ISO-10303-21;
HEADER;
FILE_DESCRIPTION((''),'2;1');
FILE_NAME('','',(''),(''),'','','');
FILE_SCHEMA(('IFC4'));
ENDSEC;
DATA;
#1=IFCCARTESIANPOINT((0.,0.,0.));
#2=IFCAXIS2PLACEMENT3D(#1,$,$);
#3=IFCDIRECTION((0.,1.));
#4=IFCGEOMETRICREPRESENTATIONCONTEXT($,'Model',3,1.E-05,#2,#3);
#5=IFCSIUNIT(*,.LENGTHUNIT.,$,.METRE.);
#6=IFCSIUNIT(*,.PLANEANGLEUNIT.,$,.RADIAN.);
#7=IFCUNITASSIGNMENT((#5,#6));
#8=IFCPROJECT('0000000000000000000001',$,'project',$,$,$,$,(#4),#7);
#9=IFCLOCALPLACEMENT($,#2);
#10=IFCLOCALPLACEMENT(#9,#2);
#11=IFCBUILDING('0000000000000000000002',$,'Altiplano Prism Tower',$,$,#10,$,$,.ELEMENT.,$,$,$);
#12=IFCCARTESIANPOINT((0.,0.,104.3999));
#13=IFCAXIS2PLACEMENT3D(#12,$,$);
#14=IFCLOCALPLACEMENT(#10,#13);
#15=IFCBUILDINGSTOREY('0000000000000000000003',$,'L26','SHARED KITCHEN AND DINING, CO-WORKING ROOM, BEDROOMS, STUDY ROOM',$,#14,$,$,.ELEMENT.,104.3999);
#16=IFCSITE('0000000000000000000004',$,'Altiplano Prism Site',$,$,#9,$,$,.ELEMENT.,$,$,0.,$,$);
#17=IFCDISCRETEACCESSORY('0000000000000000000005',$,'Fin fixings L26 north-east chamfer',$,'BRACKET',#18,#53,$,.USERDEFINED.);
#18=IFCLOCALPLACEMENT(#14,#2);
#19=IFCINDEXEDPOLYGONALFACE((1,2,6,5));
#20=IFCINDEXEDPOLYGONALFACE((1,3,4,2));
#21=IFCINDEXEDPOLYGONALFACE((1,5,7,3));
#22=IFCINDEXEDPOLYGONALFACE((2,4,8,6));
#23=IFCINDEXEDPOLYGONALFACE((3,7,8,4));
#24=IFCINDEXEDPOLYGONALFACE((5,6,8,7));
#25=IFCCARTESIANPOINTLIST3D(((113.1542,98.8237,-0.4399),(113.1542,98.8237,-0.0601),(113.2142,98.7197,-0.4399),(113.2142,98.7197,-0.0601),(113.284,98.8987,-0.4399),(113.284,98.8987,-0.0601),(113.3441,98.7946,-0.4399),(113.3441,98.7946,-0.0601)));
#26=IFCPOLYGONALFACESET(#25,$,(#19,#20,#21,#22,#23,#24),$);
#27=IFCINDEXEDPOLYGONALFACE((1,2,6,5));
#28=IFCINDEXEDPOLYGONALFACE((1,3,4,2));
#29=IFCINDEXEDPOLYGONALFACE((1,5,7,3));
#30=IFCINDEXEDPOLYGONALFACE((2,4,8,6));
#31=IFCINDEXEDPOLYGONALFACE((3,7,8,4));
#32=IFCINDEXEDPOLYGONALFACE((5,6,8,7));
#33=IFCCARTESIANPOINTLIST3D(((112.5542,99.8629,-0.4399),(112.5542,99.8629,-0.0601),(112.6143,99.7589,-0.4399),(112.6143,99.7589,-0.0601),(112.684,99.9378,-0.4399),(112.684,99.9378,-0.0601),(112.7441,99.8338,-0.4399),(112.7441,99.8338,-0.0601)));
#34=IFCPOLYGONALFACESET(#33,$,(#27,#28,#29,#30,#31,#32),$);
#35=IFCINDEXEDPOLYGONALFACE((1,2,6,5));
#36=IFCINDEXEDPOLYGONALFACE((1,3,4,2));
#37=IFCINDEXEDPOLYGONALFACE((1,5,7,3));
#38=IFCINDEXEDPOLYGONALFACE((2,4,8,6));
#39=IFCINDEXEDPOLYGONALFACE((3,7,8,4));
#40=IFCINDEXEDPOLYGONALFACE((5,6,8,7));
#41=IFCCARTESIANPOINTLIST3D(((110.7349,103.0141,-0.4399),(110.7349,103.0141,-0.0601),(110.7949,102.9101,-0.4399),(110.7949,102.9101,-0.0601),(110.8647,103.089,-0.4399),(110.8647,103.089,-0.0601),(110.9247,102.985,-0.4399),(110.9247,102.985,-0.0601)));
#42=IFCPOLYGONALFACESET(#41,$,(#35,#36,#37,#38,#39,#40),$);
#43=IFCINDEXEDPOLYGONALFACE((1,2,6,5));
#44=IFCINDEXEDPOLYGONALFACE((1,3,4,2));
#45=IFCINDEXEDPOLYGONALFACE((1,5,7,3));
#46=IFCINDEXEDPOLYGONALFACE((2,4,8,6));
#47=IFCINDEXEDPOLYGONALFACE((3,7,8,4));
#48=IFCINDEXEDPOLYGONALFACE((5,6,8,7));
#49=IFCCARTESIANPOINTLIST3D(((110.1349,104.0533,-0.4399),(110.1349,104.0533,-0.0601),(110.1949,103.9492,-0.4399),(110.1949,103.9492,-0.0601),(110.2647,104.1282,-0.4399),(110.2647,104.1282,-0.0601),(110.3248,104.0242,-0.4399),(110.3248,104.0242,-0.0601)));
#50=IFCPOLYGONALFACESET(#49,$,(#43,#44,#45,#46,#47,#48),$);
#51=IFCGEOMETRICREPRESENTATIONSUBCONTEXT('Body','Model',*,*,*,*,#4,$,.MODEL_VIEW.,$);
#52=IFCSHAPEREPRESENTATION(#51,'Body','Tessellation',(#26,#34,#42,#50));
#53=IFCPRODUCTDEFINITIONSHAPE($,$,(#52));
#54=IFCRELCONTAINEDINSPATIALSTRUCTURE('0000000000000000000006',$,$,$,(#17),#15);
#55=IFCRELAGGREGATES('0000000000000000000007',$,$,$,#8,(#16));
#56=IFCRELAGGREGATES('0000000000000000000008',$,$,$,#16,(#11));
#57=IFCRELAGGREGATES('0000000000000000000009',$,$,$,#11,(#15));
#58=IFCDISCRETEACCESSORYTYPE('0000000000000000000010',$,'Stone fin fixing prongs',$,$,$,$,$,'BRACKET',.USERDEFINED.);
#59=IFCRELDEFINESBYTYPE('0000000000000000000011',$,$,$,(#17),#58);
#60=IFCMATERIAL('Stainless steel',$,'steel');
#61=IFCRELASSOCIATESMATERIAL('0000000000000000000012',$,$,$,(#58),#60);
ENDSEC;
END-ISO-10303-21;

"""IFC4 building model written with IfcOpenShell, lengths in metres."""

from ifc_helpers import new_model, si_unit, direction, frame, origin, place, context, subcontext, project, spatial, polyline, outline, extrude, source, transform, mapped, material, type_object, element, save


model = new_model("IFC4")

# Units and contexts
model_context = context("Model", 3, precision=1e-05, world=origin(), true_north=direction((0.0, 1.0)))
body_context = subcontext(model_context, "Body", "Model", "MODEL_VIEW")
ifc_project = project(units=[si_unit("LENGTHUNIT", "METRE"), si_unit("PLANEANGLEUNIT", "RADIAN")], contexts=[model_context])

# Site, building, storey
site_placement = place(None, origin())
site = spatial("IfcSite", under=ifc_project, at=site_placement, Name="Altiplano Prism Site", CompositionType="ELEMENT", RefElevation=0.0)
building_placement = place(site_placement, origin())
building = spatial("IfcBuilding", under=site, at=building_placement, Name="Altiplano Prism Tower", CompositionType="ELEMENT")
storey_placement = place(building_placement, frame((0.0, 0.0, 104.3999)))
storey = spatial("IfcBuildingStorey", under=building, at=storey_placement, Name="L26", Description="SHARED KITCHEN AND DINING, CO-WORKING ROOM, BEDROOMS, STUDY ROOM", CompositionType="ELEMENT", Elevation=104.3999)

# Discrete accessory
ifc_material_1 = material(Name="Stainless steel", Category="steel")
discrete_accessory_type = type_object("IfcDiscreteAccessoryType", Name="Stone fin fixing prongs", ElementType="BRACKET", PredefinedType="USERDEFINED", material=ifc_material_1)
shared_shape_1 = source(origin(), body_context, "Body", "SweptSolid", [
    extrude(outline(polyline([(-3.0793, 0.0601), (-2.9592, 0.0601), (-2.9592, 0.4399), (-3.0793, 0.4399), (-3.0793, 0.0601)])), frame((0.0, 0.0, 0.0), z_axis=(0.0, -1.0, 0.0), x_axis=(1.0, 0.0, 0.0)), (0.0, 0.0, 1.0), 0.1499),
    extrude(outline(polyline([(-1.8794, 0.0601), (-1.7593, 0.0601), (-1.7593, 0.4399), (-1.8794, 0.4399), (-1.8794, 0.0601)])), frame((0.0, 0.0, 0.0), z_axis=(0.0, -1.0, 0.0), x_axis=(1.0, 0.0, 0.0)), (0.0, 0.0, 1.0), 0.1499),
    extrude(outline(polyline([(1.7593, 0.0601), (1.8794, 0.0601), (1.8794, 0.4399), (1.7593, 0.4399), (1.7593, 0.0601)])), frame((0.0, 0.0, 0.0), z_axis=(0.0, -1.0, 0.0), x_axis=(1.0, 0.0, 0.0)), (0.0, 0.0, 1.0), 0.1499),
    extrude(outline(polyline([(2.9592, 0.0601), (3.0793, 0.0601), (3.0793, 0.4399), (2.9592, 0.4399), (2.9592, 0.0601)])), frame((0.0, 0.0, 0.0), z_axis=(0.0, -1.0, 0.0), x_axis=(1.0, 0.0, 0.0)), (0.0, 0.0, 1.0), 0.1499),
])
discrete_accessory_1_placement = place(storey_placement, origin())
element("IfcDiscreteAccessory", 1, at=discrete_accessory_1_placement, inside=storey, type_object=discrete_accessory_type, Name="Fin fixings L26 north-east chamfer", ObjectType="BRACKET", PredefinedType="USERDEFINED", context=body_context, shape_type="MappedRepresentation", body=[
    mapped(shared_shape_1, transform((111.6746, 101.3865, -0.5), x_axis=(-0.5, 0.866025, 0.0), y_axis=(-0.866025, -0.5, 0.0), z_axis=(0.0, 0.0, 1.0))),
])

save(model, "model.ifc")
